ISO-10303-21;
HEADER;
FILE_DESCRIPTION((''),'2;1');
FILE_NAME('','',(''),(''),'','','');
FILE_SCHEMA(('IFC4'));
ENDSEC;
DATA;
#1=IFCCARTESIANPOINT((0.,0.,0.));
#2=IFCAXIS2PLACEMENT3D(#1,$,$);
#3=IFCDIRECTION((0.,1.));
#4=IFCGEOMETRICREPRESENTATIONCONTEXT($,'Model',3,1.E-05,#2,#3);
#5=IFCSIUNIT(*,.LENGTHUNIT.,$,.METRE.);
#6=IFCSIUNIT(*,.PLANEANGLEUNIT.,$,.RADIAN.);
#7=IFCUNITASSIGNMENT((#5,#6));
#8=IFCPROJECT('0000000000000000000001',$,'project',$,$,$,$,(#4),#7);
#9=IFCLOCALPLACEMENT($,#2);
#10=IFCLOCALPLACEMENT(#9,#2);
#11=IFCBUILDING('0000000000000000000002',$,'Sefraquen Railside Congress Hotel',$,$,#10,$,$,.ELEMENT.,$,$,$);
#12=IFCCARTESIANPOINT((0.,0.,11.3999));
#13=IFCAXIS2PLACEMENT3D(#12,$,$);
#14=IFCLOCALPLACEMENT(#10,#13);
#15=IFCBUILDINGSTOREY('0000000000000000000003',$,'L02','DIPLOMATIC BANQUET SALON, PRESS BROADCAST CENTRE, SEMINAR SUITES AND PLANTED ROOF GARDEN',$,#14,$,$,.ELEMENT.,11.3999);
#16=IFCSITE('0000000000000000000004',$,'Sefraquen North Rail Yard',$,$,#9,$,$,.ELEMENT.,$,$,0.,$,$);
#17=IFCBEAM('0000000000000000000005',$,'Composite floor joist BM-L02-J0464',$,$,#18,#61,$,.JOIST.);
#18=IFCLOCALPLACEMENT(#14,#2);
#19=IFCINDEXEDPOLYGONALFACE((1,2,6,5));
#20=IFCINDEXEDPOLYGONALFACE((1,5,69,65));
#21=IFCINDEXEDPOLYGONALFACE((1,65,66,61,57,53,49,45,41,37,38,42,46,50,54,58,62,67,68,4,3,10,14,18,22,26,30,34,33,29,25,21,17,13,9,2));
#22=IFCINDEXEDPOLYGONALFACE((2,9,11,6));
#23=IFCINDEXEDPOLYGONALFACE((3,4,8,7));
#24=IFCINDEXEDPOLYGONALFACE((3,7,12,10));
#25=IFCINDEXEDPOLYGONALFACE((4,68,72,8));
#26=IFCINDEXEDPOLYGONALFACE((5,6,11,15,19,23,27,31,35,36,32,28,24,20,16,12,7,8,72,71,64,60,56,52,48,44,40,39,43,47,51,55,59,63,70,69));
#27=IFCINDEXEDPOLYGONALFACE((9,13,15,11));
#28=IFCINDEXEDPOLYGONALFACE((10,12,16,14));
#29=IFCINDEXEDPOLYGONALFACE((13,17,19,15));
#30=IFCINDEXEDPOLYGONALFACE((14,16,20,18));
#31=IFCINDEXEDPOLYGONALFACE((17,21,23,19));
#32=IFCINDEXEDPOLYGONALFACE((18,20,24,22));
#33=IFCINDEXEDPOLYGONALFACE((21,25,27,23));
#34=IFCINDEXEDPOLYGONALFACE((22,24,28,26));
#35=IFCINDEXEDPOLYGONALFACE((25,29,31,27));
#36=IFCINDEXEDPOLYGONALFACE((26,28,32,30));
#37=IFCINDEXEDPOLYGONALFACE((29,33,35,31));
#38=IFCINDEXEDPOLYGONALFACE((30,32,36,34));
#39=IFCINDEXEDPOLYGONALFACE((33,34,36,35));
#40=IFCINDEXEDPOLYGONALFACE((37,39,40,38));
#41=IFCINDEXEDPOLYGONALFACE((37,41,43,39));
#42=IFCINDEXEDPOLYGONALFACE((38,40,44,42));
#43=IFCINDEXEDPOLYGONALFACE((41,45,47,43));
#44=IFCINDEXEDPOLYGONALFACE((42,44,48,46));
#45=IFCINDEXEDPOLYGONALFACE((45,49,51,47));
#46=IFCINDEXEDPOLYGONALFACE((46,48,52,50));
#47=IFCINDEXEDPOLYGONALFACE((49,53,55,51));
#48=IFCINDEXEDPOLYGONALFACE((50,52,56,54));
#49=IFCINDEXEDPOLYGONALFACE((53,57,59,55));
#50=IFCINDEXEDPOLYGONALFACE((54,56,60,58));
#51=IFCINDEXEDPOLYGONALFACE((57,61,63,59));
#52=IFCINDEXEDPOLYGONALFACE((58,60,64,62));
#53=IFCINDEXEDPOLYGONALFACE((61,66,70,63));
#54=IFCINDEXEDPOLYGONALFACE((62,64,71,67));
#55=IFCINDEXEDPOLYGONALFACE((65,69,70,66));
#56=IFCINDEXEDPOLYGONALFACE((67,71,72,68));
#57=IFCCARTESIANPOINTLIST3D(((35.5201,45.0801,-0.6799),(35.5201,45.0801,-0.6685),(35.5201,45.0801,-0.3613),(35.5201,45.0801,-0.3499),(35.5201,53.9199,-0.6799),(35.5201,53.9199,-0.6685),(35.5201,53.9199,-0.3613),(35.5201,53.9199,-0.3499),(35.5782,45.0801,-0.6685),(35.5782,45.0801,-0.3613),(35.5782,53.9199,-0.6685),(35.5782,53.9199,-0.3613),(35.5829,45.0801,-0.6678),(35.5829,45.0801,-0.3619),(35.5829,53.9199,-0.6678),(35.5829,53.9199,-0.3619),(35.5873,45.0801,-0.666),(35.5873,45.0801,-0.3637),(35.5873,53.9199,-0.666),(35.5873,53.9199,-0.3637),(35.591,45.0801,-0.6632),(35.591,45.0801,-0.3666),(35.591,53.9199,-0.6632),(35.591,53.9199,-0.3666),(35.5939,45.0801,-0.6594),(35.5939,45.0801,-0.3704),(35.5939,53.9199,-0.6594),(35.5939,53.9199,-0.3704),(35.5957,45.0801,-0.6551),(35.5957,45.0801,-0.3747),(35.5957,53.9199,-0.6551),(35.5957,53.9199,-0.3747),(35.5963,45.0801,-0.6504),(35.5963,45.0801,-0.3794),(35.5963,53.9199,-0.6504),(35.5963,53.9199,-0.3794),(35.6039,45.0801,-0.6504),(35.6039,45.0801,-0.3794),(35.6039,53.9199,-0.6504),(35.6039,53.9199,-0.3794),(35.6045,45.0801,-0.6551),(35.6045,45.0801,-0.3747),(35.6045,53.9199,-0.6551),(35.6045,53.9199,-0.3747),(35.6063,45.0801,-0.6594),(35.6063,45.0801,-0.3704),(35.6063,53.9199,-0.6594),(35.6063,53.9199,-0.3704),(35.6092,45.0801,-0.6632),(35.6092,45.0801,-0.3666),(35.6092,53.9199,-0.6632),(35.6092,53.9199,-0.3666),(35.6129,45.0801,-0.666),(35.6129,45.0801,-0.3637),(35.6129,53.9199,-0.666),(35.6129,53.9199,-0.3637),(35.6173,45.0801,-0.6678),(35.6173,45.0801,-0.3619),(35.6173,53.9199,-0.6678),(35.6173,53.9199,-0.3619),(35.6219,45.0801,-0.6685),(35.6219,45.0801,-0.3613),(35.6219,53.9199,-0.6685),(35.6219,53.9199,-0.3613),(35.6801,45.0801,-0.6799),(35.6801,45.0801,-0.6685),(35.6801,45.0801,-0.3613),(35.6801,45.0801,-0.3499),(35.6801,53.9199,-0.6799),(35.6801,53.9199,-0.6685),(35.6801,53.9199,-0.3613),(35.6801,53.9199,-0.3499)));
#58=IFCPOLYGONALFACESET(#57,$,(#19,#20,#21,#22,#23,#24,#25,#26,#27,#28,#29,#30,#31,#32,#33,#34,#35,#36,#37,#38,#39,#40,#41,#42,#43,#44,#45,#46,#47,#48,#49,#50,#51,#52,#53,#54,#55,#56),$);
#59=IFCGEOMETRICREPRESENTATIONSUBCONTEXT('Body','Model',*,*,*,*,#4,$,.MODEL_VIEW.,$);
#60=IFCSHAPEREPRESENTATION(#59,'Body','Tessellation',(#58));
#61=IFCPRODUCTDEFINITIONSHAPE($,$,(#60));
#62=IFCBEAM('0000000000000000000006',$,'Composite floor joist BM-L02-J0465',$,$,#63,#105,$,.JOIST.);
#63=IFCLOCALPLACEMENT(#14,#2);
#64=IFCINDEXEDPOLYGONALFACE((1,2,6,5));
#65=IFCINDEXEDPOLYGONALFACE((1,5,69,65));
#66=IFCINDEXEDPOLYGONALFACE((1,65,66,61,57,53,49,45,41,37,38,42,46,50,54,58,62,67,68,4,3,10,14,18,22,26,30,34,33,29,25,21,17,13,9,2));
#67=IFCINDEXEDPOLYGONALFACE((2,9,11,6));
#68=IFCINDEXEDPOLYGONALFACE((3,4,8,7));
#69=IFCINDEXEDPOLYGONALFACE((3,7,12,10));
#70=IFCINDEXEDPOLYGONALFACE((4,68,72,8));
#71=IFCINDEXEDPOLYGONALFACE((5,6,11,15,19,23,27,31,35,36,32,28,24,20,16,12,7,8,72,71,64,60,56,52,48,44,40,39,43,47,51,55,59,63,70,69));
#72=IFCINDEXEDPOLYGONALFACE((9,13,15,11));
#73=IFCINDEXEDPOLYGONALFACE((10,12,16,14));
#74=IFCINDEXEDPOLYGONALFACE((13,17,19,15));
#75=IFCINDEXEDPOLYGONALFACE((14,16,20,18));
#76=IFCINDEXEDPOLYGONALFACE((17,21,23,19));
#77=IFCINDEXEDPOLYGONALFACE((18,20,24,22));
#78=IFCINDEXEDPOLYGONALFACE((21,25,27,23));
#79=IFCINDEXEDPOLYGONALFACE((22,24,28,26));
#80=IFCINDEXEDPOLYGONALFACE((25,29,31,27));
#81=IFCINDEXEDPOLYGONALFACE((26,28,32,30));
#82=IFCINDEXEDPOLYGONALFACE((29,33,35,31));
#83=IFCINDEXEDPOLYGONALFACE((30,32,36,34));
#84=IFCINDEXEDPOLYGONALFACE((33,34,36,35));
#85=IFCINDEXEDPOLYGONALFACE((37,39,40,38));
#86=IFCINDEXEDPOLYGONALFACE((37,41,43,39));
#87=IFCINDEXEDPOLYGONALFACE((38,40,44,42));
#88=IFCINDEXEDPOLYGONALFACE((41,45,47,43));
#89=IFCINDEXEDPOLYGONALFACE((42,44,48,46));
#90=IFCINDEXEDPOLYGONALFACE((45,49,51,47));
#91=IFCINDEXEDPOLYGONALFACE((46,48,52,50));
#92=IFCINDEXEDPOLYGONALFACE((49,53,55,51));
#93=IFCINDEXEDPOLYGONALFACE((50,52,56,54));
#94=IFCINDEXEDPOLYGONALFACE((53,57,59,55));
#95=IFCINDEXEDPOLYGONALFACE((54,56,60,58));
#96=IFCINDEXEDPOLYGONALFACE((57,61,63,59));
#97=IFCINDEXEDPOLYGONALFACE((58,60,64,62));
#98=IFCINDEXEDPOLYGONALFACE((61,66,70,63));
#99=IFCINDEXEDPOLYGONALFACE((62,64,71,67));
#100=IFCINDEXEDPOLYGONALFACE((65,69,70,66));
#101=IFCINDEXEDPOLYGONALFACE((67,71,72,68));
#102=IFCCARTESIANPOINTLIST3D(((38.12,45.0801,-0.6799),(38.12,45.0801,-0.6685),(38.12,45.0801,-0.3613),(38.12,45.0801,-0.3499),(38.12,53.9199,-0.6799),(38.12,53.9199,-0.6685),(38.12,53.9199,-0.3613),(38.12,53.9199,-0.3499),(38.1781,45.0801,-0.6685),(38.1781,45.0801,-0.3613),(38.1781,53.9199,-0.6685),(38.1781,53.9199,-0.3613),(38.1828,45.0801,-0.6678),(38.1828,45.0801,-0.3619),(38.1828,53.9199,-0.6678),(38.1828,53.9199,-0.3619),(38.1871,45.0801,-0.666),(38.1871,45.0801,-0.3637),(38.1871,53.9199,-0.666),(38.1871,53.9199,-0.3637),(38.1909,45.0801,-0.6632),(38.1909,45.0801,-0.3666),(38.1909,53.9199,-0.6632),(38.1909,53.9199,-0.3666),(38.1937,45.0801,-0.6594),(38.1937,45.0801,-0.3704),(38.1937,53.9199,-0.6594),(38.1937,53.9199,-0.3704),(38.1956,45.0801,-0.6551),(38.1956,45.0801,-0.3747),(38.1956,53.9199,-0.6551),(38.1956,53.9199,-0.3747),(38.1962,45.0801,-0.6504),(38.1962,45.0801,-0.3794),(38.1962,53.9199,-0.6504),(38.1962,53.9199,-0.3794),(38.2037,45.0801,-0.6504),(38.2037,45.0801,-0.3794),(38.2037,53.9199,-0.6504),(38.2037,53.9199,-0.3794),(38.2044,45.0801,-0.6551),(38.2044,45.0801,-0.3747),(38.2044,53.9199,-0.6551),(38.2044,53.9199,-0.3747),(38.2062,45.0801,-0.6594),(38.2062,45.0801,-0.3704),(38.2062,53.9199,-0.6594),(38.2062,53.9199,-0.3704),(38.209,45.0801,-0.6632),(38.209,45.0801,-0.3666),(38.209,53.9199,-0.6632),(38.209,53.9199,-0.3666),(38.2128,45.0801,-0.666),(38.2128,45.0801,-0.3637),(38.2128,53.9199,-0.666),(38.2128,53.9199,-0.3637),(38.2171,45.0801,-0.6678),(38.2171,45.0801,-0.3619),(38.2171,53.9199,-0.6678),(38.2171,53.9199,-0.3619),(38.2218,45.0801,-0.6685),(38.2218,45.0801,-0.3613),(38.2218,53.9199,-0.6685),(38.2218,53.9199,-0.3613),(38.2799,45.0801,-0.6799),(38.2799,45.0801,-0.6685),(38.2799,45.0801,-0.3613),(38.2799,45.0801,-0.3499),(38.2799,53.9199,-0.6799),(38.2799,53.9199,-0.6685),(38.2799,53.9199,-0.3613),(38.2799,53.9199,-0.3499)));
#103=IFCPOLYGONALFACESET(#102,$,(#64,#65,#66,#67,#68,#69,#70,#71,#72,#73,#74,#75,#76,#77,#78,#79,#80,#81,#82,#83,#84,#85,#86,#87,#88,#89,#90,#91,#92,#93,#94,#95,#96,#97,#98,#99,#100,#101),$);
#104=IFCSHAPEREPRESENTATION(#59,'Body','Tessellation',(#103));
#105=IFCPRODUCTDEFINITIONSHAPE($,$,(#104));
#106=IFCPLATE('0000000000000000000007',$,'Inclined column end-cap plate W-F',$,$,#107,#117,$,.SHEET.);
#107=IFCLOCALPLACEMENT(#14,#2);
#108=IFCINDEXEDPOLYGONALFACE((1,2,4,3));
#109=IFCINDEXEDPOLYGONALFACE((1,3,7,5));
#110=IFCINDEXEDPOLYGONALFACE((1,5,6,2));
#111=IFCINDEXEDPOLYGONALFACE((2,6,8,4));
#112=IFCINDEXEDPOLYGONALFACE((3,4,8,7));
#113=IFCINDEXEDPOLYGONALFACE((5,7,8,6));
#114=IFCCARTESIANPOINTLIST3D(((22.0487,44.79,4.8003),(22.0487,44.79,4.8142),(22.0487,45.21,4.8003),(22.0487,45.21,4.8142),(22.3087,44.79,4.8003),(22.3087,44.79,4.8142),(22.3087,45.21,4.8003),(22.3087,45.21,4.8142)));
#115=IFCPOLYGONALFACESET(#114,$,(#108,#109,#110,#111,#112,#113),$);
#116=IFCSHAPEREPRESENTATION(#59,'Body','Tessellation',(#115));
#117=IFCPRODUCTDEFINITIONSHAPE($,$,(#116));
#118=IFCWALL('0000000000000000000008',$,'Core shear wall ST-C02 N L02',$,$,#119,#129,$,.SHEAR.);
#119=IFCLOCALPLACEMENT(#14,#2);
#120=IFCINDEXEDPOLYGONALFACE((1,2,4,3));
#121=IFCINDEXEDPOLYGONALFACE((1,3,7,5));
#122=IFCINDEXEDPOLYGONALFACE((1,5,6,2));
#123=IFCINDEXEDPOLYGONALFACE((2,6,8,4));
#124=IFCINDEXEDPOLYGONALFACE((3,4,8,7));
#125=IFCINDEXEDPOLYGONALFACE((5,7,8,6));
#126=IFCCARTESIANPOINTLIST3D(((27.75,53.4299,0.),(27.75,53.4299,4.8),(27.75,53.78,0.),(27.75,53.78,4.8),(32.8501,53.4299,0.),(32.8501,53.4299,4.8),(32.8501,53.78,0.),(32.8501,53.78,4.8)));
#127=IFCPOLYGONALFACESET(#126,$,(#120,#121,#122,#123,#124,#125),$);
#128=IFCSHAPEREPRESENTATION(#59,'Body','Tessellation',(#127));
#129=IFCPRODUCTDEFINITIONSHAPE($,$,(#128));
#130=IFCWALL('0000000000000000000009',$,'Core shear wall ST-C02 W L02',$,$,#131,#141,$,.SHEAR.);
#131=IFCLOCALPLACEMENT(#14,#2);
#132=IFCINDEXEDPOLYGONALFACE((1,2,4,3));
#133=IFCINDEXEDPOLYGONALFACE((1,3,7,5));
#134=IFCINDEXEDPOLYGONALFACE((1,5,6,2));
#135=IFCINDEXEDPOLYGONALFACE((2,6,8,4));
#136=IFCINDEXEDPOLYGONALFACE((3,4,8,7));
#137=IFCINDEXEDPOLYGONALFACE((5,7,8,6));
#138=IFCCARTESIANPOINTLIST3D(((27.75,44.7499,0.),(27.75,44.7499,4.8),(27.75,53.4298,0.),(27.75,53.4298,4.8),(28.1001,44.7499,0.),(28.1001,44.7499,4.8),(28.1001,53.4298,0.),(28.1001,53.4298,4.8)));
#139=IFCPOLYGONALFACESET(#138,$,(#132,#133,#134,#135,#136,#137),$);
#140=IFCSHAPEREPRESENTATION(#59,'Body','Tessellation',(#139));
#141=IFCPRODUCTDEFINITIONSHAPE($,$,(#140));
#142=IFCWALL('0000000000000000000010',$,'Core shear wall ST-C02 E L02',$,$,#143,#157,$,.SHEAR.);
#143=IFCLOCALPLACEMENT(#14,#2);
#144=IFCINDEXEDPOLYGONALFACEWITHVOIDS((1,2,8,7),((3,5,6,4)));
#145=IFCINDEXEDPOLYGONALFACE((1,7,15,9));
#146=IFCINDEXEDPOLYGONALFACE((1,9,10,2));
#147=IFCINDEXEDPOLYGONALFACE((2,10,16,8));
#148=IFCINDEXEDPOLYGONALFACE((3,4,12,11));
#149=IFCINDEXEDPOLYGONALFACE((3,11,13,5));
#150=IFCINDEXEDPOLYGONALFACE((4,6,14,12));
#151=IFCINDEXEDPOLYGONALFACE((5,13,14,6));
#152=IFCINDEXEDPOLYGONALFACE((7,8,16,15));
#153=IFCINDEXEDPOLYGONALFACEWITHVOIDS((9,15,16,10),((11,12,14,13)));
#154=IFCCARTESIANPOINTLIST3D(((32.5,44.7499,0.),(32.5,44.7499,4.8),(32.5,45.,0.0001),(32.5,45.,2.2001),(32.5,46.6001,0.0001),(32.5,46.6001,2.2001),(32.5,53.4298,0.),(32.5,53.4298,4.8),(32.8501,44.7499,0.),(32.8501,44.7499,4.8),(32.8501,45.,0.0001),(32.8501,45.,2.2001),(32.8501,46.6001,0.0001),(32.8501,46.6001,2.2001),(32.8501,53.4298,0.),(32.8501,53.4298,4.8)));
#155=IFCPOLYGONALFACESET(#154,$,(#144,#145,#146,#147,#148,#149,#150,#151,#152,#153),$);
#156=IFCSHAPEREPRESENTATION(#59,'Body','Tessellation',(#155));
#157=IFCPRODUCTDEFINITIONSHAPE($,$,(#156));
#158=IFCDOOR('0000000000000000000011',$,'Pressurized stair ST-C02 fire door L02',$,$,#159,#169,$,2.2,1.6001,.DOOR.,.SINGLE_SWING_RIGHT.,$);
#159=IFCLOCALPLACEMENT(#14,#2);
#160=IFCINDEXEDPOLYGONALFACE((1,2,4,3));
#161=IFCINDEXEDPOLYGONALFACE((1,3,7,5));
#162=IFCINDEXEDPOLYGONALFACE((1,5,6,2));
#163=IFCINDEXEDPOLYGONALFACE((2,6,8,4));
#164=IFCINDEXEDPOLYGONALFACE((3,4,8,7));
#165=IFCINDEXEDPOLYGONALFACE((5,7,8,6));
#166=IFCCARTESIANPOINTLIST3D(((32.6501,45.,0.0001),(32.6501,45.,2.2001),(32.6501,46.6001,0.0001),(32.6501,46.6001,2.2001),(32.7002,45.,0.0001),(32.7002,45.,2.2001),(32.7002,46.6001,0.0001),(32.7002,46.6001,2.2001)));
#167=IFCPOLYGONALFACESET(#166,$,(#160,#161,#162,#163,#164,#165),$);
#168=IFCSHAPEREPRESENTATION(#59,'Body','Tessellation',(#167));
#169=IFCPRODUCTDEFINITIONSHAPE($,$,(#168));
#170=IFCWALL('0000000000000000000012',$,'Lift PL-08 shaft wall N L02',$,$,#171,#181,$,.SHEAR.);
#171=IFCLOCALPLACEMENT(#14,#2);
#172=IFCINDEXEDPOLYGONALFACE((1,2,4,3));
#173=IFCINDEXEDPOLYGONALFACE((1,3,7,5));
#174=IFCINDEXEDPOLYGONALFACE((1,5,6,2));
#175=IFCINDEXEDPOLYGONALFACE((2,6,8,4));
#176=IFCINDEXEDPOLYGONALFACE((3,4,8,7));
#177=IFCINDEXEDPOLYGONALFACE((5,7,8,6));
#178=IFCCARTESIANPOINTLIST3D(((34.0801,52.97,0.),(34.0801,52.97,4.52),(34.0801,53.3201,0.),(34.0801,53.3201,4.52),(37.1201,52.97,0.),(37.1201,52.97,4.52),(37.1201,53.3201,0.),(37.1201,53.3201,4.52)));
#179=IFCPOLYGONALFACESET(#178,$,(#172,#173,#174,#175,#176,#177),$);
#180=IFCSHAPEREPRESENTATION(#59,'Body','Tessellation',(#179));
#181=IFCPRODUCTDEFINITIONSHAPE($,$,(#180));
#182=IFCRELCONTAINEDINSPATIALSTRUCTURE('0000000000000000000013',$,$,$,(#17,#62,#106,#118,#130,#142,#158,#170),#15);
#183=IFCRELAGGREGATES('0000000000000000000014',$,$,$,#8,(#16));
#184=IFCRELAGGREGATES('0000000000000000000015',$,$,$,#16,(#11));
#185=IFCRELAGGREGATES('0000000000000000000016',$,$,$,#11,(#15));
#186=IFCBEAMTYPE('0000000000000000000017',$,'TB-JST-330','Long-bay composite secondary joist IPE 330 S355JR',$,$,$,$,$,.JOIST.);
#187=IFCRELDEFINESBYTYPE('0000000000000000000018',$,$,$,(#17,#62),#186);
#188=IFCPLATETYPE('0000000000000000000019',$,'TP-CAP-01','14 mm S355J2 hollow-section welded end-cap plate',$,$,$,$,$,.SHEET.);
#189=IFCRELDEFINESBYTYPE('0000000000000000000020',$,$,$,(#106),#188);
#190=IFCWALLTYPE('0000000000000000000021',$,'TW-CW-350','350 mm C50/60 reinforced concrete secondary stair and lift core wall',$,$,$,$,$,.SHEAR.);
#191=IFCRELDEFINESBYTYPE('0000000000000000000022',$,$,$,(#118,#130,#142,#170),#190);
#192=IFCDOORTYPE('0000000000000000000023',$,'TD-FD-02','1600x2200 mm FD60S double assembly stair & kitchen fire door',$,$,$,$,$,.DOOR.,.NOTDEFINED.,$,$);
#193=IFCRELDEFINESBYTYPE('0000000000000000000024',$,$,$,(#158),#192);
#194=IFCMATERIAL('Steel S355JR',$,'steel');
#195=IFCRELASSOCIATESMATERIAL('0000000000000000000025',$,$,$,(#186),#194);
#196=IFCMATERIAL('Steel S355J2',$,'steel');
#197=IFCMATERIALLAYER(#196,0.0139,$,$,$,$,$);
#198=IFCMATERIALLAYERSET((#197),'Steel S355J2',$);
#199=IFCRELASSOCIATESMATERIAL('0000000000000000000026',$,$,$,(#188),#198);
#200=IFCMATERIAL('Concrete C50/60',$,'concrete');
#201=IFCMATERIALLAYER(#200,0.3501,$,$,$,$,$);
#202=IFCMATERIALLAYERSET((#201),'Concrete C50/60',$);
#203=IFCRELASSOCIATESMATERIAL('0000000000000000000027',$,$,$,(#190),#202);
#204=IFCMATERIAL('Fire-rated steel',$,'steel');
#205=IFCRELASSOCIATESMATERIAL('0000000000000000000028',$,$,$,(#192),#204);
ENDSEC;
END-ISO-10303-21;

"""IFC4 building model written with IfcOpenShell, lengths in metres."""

from ifc_helpers import new_model, si_unit, direction, frame, frame_2d, origin, origin_2d, place, context, subcontext, project, spatial, rectangle, i_section, extrude, material, layer, layer_set, material_profile, profile_set, type_object, element, fill, save


model = new_model("IFC4")

# Units and contexts
model_context = context("Model", 3, precision=1e-05, world=origin(), true_north=direction((0.0, 1.0)))
body_context = subcontext(model_context, "Body", "Model", "MODEL_VIEW")
ifc_project = project(units=[si_unit("LENGTHUNIT", "METRE"), si_unit("PLANEANGLEUNIT", "RADIAN")], contexts=[model_context])

# Site, building, storey
site_placement = place(None, origin())
site = spatial("IfcSite", under=ifc_project, at=site_placement, Name="Sefraquen North Rail Yard", CompositionType="ELEMENT", RefElevation=0.0)
building_placement = place(site_placement, origin())
building = spatial("IfcBuilding", under=site, at=building_placement, Name="Sefraquen Railside Congress Hotel", CompositionType="ELEMENT")
storey_placement = place(building_placement, frame((0.0, 0.0, 11.3999)))
storey = spatial("IfcBuildingStorey", under=building, at=storey_placement, Name="L02", Description="DIPLOMATIC BANQUET SALON, PRESS BROADCAST CENTRE, SEMINAR SUITES AND PLANTED ROOF GARDEN", CompositionType="ELEMENT", Elevation=11.3999)

# Shared definitions
ifc_material_1 = material(Name="Steel S355JR", Category="steel")
ifc_material_2 = material(Name="Steel S355J2", Category="steel")

# Beams
ifc_material_profile_1 = material_profile(ifc_material_1, i_section(OverallWidth=0.1599, OverallDepth=0.3301, WebThickness=0.0076, FlangeThickness=0.0115, FilletRadius=0.0181, at=origin_2d()), Name="IPE 330")
ifc_profile_set_1 = profile_set([ifc_material_profile_1], Name="Steel S355JR")
beam_type_1 = type_object("IfcBeamType", Name="TB-JST-330", Description="Long-bay composite secondary joist IPE 330 S355JR", PredefinedType="JOIST", material=ifc_profile_set_1)
for number, where, z_axis, x_axis, name in (
    (1, (35.6001, 45.0801, -0.5149), (0.0, 1.0, 0.0), (-1.0, 0.0, 0.0), "Composite floor joist BM-L02-J0464"),
    (2, (38.2, 45.0801, -0.5149), (0.0, 1.0, 0.0), (-1.0, 0.0, 0.0), "Composite floor joist BM-L02-J0465"),
):
    element("IfcBeam", number, at=place(storey_placement, frame(where, z_axis=z_axis, x_axis=x_axis)), inside=storey, type_object=beam_type_1, Name=name, PredefinedType="JOIST", context=body_context, shape_type="SweptSolid", body=[
        extrude(i_section(OverallWidth=0.1599, OverallDepth=0.3301, WebThickness=0.0076, FlangeThickness=0.0115, FilletRadius=0.0181, at=origin_2d()), origin(), (0.0, 0.0, 1.0), 8.8398),
    ])

# Plate
ifc_layer_1 = layer(ifc_material_2, 0.0139)
ifc_layer_set_1 = layer_set([ifc_layer_1], Name="Steel S355J2")
plate_type = type_object("IfcPlateType", Name="TP-CAP-01", Description="14 mm S355J2 hollow-section welded end-cap plate", PredefinedType="SHEET", material=ifc_layer_set_1)
plate_placement = place(storey_placement, frame((22.1787, 45.0, 4.8003), z_axis=(0.0, 0.0, 1.0), x_axis=(1.0, 0.0, 0.0)))
element("IfcPlate", 3, at=plate_placement, inside=storey, type_object=plate_type, Name="Inclined column end-cap plate W-F", PredefinedType="SHEET", context=body_context, shape_type="SweptSolid", body=[
    extrude(rectangle(XDim=0.26, YDim=0.4199, at=origin_2d()), origin(), (0.0, 0.0, 1.0), 0.0139),
])

# Walls
ifc_material_3 = material(Name="Concrete C50/60", Category="concrete")
ifc_layer_2 = layer(ifc_material_3, 0.3501)
ifc_layer_set_2 = layer_set([ifc_layer_2], Name="Concrete C50/60")
wall_type_1 = type_object("IfcWallType", Name="TW-CW-350", Description="350 mm C50/60 reinforced concrete secondary stair and lift core wall", PredefinedType="SHEAR", material=ifc_layer_set_2)
wall_1_placement = place(storey_placement, frame((27.75, 53.605, 0.0), z_axis=(0.0, 0.0, 1.0), x_axis=(1.0, 0.0, 0.0)))
element("IfcWall", 4, at=wall_1_placement, inside=storey, type_object=wall_type_1, Name="Core shear wall ST-C02 N L02", PredefinedType="SHEAR", context=body_context, shape_type="SweptSolid", body=[
    extrude(rectangle(XDim=5.1001, YDim=0.3501, at=frame_2d((2.55, 0.0))), origin(), (0.0, 0.0, 1.0), 4.8),
])
wall_2_placement = place(storey_placement, frame((27.925, 44.75, 0.0), z_axis=(0.0, 0.0, 1.0), x_axis=(0.0, 1.0, 0.0)))
element("IfcWall", 5, at=wall_2_placement, inside=storey, type_object=wall_type_1, Name="Core shear wall ST-C02 W L02", PredefinedType="SHEAR", context=body_context, shape_type="SweptSolid", body=[
    extrude(rectangle(XDim=8.6799, YDim=0.3501, at=frame_2d((4.3398, 0.0))), origin(), (0.0, 0.0, 1.0), 4.8),
])

# Wall, opening, door
wall_3_placement = place(storey_placement, frame((32.675, 44.75, 0.0), z_axis=(0.0, 0.0, 1.0), x_axis=(0.0, 1.0, 0.0)))
wall_3 = element("IfcWall", 6, at=wall_3_placement, inside=storey, type_object=wall_type_1, Name="Core shear wall ST-C02 E L02", PredefinedType="SHEAR", context=body_context, shape_type="SweptSolid", body=[
    extrude(rectangle(XDim=8.6799, YDim=0.3501, at=frame_2d((4.3398, 0.0))), origin(), (0.0, 0.0, 1.0), 4.8),
])
opening_1_placement = place(wall_3_placement, frame((0.25, 0.0, 0.0)))
opening_1 = element("IfcOpeningElement", 7, at=opening_1_placement, cuts=wall_3, PredefinedType="OPENING", context=body_context, shape_type="SweptSolid", body=[
    extrude(rectangle(XDim=1.6001, YDim=2.2, at=frame_2d((0.8, 1.1001))), frame((0.0, 0.1851, 0.0), z_axis=(0.0, -1.0, 0.0), x_axis=(1.0, 0.0, 0.0)), (0.0, 0.0, 1.0), 0.3701),
])
ifc_material_4 = material(Name="Fire-rated steel", Category="steel")
door_type_1 = type_object("IfcDoorType", Name="TD-FD-02", Description="1600x2200 mm FD60S double assembly stair & kitchen fire door", OperationType="NOTDEFINED", PredefinedType="DOOR", material=ifc_material_4)
door_1_placement = place(opening_1_placement, origin())
door_1 = element("IfcDoor", 8, at=door_1_placement, inside=storey, type_object=door_type_1, Name="Pressurized stair ST-C02 fire door L02", OperationType="SINGLE_SWING_RIGHT", OverallHeight=2.2, OverallWidth=1.6001, PredefinedType="DOOR", context=body_context, shape_type="SweptSolid", body=[
    extrude(rectangle(XDim=1.6001, YDim=2.2, at=frame_2d((0.8, 1.1001))), frame((0.0, 0.0249, 0.0), z_axis=(0.0, -1.0, 0.0), x_axis=(1.0, 0.0, 0.0)), (0.0, 0.0, 1.0), 0.05),
])
fill(opening_1, door_1)

# Wall
wall_4_placement = place(storey_placement, frame((34.0801, 53.145, 0.0), z_axis=(0.0, 0.0, 1.0), x_axis=(1.0, 0.0, 0.0)))
element("IfcWall", 9, at=wall_4_placement, inside=storey, type_object=wall_type_1, Name="Lift PL-08 shaft wall N L02", PredefinedType="SHEAR", context=body_context, shape_type="SweptSolid", body=[
    extrude(rectangle(XDim=3.04, YDim=0.3501, at=frame_2d((1.52, 0.0))), origin(), (0.0, 0.0, 1.0), 4.52),
])

save(model, "model.ifc")
